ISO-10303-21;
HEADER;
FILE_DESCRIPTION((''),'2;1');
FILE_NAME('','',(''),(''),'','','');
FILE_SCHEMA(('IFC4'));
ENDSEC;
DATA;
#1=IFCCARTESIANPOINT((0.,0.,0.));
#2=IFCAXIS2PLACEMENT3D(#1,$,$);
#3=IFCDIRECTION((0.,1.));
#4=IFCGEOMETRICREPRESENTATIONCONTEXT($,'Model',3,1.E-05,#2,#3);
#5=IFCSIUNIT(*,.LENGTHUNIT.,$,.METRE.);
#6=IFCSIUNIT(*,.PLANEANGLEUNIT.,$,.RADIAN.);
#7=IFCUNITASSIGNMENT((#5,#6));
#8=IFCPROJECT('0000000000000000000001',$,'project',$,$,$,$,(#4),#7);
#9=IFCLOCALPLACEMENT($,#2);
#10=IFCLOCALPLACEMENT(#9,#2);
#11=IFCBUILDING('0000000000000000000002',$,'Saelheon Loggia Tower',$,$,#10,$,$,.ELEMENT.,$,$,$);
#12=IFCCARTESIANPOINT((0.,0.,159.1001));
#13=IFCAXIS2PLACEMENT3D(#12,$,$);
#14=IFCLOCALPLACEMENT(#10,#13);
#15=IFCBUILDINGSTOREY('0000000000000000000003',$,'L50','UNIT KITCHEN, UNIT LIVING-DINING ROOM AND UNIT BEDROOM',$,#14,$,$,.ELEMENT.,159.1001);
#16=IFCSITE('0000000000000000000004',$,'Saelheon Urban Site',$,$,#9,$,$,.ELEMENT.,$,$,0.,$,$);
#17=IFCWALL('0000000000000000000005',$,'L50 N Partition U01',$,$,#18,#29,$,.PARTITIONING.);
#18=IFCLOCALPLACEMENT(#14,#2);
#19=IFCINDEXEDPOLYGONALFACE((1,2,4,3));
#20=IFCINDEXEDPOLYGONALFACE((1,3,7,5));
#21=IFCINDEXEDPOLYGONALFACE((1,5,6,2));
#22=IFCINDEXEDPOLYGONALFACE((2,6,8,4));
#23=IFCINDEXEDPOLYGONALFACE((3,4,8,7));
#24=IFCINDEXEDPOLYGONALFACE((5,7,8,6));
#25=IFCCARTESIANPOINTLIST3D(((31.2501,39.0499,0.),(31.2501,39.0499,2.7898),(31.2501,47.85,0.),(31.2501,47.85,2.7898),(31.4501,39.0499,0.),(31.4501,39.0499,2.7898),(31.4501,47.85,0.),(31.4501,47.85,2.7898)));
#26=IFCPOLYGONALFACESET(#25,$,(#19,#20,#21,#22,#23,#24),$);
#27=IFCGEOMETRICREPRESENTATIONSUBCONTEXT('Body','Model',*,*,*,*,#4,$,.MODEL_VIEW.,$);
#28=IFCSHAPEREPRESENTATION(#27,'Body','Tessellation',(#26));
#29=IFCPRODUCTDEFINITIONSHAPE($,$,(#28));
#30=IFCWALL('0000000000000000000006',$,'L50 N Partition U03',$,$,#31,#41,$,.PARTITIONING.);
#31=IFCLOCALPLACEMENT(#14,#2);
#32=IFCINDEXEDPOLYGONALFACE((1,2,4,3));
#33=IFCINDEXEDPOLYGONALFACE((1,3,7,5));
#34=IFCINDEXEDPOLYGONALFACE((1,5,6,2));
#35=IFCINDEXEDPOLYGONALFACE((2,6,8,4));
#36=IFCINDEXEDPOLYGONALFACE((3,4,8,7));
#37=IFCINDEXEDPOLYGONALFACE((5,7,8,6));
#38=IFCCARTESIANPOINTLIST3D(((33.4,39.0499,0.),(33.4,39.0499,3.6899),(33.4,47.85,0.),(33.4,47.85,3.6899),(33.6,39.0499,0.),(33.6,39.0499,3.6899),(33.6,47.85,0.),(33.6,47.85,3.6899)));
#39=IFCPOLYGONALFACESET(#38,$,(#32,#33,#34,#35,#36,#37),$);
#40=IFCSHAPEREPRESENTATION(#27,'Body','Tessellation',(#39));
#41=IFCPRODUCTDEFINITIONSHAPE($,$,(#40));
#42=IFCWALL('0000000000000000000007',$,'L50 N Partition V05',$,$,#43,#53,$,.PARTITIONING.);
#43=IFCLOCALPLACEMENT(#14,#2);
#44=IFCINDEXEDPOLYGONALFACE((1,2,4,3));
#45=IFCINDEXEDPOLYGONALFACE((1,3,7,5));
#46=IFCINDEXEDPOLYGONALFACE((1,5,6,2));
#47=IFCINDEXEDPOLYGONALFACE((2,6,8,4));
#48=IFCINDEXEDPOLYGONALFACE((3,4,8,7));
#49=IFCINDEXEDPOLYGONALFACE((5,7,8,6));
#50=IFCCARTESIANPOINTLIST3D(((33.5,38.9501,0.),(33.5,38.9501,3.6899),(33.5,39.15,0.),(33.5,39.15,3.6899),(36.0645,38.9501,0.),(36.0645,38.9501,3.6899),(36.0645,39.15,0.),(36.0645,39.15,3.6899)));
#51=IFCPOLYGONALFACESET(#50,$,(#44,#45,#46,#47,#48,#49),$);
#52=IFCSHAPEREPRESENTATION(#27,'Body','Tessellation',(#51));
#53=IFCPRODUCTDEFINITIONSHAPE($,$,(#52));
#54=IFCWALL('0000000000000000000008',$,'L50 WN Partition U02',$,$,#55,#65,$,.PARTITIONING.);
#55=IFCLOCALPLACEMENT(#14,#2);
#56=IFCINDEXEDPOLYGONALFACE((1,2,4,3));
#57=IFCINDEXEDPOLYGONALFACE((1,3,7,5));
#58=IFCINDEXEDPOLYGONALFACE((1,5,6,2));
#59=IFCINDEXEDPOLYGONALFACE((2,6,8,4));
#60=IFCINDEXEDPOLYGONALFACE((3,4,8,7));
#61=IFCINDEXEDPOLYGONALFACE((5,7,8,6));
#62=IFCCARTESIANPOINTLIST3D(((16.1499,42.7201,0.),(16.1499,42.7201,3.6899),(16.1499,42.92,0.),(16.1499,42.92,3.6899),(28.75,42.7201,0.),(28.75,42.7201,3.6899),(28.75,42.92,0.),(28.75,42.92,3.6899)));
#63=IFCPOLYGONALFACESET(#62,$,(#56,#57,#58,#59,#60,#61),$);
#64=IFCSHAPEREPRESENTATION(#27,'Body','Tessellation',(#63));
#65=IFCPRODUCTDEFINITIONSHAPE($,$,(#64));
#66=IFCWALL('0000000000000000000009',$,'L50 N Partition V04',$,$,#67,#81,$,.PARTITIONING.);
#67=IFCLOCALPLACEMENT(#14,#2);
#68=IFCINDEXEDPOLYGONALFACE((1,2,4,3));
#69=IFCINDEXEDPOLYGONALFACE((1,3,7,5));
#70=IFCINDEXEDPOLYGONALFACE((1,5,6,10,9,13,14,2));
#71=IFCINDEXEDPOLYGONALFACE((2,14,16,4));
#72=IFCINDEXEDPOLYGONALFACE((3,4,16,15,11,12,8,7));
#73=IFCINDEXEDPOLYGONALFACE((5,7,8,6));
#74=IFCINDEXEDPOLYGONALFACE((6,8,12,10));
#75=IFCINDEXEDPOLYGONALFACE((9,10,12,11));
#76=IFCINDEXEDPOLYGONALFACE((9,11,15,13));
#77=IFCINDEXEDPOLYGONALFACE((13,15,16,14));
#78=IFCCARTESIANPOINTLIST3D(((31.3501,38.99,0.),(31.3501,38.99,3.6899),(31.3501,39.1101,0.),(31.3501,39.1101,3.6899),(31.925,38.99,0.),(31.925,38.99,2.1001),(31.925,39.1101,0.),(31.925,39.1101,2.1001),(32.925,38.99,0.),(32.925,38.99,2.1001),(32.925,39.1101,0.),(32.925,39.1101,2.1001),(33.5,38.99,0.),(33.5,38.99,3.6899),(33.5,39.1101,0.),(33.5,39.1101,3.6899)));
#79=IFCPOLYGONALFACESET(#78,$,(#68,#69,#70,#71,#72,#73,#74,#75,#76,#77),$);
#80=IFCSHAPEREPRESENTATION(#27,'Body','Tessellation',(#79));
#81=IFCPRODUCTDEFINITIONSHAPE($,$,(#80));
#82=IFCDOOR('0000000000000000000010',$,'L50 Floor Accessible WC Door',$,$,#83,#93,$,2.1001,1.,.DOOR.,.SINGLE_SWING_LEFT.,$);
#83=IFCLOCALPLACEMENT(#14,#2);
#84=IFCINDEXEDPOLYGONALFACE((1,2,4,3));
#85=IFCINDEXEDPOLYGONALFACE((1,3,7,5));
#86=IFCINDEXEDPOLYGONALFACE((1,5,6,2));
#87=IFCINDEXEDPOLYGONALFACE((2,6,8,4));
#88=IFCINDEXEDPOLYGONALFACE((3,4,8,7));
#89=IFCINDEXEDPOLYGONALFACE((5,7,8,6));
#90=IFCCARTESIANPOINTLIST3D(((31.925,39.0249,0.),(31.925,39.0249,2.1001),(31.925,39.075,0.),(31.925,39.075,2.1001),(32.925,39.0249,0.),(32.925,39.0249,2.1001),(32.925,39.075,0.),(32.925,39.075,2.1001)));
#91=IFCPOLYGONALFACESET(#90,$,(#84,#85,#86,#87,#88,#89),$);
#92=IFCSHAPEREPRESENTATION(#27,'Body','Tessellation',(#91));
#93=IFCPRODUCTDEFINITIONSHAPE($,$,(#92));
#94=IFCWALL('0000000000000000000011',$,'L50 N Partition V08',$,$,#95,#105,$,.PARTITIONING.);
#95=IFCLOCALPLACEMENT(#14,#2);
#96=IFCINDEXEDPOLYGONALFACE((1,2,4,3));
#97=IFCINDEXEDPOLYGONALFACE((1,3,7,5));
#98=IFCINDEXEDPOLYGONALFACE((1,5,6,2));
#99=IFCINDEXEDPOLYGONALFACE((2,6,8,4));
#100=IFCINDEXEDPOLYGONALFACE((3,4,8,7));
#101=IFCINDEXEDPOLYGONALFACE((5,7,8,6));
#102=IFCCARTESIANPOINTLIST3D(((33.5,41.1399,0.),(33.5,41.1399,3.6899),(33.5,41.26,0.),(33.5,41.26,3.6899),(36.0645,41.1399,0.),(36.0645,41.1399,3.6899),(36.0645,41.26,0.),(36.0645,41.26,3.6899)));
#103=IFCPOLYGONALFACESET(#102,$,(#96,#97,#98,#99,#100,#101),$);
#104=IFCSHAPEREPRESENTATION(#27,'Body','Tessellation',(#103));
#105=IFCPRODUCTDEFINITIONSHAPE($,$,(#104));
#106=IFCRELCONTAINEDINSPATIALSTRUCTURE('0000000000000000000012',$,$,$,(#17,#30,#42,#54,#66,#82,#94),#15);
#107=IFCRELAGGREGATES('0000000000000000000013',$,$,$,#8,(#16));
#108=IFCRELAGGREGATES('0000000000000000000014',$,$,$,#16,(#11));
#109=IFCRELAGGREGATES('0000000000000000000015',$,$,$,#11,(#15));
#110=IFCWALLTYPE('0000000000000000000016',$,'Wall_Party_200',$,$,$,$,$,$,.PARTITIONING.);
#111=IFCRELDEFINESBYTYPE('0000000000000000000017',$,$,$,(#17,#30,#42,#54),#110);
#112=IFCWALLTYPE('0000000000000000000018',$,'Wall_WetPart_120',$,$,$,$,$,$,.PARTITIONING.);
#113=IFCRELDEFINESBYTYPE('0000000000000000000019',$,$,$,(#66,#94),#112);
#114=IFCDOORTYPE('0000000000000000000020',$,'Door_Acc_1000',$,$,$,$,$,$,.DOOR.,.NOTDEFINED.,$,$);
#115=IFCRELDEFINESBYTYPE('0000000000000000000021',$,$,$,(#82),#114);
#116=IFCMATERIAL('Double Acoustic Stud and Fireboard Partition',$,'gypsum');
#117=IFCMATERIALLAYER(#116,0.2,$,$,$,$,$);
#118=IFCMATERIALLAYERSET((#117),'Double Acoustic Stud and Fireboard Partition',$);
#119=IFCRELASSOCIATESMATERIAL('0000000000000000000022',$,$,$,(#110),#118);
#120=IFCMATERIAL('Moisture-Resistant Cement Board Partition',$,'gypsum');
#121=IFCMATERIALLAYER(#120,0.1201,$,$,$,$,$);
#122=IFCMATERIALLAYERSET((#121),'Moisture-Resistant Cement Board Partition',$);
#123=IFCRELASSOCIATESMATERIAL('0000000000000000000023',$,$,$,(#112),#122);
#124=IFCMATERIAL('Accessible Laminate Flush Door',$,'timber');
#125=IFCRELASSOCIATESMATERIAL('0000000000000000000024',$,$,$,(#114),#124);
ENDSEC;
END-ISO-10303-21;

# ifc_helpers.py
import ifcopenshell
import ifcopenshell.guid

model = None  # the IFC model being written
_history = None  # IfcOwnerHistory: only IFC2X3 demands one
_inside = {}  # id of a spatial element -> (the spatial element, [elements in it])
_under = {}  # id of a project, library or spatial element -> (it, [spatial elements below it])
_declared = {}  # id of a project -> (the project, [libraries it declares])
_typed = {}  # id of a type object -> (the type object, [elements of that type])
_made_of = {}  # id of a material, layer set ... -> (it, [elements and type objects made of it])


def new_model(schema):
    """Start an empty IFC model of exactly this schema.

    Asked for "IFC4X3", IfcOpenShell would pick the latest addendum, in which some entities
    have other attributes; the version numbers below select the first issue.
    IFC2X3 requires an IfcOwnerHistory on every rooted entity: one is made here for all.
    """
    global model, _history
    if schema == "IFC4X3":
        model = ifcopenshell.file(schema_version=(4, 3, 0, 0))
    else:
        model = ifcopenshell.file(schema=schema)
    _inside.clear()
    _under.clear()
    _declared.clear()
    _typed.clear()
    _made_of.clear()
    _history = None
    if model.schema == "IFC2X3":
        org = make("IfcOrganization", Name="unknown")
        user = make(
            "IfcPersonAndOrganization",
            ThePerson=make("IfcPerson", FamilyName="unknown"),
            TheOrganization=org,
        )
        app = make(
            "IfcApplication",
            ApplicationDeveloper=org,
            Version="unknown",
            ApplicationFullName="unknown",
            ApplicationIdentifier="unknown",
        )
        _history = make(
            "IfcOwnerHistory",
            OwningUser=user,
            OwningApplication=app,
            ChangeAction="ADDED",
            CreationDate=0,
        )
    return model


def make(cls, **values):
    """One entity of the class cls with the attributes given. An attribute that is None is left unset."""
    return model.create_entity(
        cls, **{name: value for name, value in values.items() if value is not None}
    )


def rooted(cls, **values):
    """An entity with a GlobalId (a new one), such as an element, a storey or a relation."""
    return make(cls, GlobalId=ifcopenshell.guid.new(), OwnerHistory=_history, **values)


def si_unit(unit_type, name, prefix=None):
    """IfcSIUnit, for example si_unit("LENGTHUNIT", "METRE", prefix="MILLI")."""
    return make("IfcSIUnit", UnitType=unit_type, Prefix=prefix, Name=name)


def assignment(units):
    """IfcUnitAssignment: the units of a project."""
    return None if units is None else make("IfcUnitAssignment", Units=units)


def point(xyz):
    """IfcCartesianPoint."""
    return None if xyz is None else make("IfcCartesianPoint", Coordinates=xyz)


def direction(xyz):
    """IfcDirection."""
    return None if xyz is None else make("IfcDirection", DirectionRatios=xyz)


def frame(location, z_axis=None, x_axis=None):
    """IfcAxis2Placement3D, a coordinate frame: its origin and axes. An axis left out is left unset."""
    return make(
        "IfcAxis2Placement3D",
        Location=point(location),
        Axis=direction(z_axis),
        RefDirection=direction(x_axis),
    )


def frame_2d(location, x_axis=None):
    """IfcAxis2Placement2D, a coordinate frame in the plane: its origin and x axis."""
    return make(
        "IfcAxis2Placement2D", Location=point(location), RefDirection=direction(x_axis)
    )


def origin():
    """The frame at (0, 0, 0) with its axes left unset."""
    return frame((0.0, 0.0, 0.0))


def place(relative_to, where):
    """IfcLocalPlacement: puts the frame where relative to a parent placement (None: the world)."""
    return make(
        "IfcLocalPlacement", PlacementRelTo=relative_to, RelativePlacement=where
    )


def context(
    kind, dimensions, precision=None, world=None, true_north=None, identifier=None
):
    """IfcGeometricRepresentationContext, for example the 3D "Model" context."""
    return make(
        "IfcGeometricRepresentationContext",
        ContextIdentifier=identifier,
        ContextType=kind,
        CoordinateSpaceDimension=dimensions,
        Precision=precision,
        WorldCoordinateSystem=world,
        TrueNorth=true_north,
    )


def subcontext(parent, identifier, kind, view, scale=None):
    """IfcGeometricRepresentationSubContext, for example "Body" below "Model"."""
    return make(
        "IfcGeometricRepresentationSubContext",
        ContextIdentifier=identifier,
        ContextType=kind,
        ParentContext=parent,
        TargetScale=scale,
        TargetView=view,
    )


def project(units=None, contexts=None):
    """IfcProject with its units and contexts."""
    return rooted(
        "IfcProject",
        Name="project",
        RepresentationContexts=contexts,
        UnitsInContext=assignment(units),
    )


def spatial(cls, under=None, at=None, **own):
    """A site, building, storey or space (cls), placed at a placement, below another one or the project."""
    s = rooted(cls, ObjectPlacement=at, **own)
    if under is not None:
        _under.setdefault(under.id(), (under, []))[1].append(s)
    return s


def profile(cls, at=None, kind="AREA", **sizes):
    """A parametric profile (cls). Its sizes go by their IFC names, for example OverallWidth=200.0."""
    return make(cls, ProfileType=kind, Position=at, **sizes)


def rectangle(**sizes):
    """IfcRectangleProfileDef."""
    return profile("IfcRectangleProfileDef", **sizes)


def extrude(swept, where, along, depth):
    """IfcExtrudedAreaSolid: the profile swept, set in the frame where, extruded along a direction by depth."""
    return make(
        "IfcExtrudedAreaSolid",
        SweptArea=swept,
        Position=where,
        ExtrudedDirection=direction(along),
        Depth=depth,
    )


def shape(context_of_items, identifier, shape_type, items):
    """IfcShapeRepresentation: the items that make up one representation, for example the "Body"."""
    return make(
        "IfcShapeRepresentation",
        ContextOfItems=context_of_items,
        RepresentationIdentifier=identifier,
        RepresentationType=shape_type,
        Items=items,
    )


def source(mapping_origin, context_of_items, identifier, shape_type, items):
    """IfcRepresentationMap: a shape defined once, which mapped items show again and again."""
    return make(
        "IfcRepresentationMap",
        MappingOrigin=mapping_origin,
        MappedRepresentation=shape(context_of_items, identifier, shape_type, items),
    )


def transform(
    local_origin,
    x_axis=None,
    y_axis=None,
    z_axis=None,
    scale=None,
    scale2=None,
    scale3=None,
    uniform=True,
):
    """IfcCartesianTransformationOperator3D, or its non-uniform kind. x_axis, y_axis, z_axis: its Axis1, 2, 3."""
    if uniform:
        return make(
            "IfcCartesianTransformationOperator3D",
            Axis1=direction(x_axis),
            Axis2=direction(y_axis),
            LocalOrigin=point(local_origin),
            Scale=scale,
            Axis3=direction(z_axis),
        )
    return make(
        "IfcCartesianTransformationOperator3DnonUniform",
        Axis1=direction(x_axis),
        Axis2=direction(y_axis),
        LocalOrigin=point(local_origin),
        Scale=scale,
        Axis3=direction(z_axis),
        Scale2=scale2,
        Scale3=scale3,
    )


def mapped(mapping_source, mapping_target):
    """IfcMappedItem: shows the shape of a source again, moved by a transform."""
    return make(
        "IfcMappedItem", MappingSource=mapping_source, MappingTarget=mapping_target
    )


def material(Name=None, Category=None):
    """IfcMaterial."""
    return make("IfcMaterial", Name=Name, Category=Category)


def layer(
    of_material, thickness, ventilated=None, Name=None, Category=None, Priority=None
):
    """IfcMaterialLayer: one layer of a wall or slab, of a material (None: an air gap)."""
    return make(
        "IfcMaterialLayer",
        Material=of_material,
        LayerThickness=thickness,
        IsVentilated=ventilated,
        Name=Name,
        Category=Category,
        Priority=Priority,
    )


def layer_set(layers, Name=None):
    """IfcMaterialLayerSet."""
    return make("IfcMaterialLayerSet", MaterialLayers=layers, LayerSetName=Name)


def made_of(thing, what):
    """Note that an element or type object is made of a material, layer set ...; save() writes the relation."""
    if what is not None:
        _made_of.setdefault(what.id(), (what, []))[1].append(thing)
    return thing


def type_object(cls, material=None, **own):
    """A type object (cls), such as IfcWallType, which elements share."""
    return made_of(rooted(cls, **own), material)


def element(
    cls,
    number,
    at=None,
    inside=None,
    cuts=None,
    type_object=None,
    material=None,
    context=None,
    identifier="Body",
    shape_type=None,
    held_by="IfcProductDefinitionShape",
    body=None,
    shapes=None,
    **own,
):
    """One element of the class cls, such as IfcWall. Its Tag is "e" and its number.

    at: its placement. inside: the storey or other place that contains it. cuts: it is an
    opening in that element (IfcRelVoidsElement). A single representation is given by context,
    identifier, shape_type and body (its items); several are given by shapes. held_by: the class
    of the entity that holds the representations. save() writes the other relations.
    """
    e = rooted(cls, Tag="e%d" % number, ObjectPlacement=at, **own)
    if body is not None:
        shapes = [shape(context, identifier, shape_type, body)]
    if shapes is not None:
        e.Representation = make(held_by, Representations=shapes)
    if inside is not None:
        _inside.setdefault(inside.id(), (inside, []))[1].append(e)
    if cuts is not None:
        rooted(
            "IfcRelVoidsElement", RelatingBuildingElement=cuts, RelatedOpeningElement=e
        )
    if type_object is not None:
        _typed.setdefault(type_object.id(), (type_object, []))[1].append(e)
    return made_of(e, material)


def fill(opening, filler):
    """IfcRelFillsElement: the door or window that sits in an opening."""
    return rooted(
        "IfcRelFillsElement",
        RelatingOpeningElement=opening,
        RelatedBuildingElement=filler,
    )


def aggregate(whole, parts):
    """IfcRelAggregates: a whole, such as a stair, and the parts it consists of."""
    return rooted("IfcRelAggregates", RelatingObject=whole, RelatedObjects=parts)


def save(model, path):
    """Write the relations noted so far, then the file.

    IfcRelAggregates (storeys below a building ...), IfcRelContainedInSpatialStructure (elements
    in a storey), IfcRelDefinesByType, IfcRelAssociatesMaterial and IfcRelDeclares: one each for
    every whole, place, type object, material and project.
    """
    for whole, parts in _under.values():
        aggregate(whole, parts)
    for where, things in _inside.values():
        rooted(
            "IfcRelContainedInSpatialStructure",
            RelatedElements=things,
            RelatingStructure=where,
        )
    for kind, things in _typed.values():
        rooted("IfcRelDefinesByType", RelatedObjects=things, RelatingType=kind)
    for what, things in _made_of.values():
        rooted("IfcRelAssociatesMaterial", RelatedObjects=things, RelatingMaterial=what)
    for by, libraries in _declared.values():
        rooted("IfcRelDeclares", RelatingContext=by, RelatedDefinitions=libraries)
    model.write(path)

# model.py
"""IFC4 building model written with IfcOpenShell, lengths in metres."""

from ifc_helpers import new_model, si_unit, direction, frame, frame_2d, origin, place, context, subcontext, project, spatial, rectangle, extrude, source, transform, mapped, material, layer, layer_set, type_object, element, fill, save


model = new_model("IFC4")

# Units and contexts
model_context = context("Model", 3, precision=1e-05, world=origin(), true_north=direction((0.0, 1.0)))
body_context = subcontext(model_context, "Body", "Model", "MODEL_VIEW")
ifc_project = project(units=[si_unit("LENGTHUNIT", "METRE"), si_unit("PLANEANGLEUNIT", "RADIAN")], contexts=[model_context])

# Site, building, storey
site_placement = place(None, origin())
site = spatial("IfcSite", under=ifc_project, at=site_placement, Name="Saelheon Urban Site", CompositionType="ELEMENT", RefElevation=0.0)
building_placement = place(site_placement, origin())
building = spatial("IfcBuilding", under=site, at=building_placement, Name="Saelheon Loggia Tower", CompositionType="ELEMENT")
storey_placement = place(building_placement, frame((0.0, 0.0, 159.1001)))
storey = spatial("IfcBuildingStorey", under=building, at=storey_placement, Name="L50", Description="UNIT KITCHEN, UNIT LIVING-DINING ROOM AND UNIT BEDROOM", CompositionType="ELEMENT", Elevation=159.1001)

# Walls
ifc_material_1 = material(Name="Double Acoustic Stud and Fireboard Partition", Category="gypsum")
ifc_layer_1 = layer(ifc_material_1, 0.2)
ifc_layer_set_1 = layer_set([ifc_layer_1], Name="Double Acoustic Stud and Fireboard Partition")
wall_type_1 = type_object("IfcWallType", Name="Wall_Party_200", PredefinedType="PARTITIONING", material=ifc_layer_set_1)
wall_1_placement = place(storey_placement, frame((31.3501, 39.05, 0.0), z_axis=(0.0, 0.0, 1.0), x_axis=(0.0, 1.0, 0.0)))
element("IfcWall", 1, at=wall_1_placement, inside=storey, type_object=wall_type_1, Name="L50 N Partition U01", PredefinedType="PARTITIONING", context=body_context, shape_type="SweptSolid", body=[
    extrude(rectangle(XDim=8.8, YDim=0.2, at=frame_2d((4.3999, 0.0))), origin(), (0.0, 0.0, 1.0), 2.7898),
])
wall_2_placement = place(storey_placement, frame((33.5, 39.05, 0.0), z_axis=(0.0, 0.0, 1.0), x_axis=(0.0, 1.0, 0.0)))
element("IfcWall", 2, at=wall_2_placement, inside=storey, type_object=wall_type_1, Name="L50 N Partition U03", PredefinedType="PARTITIONING", context=body_context, shape_type="SweptSolid", body=[
    extrude(rectangle(XDim=8.8, YDim=0.2, at=frame_2d((4.3999, 0.0))), origin(), (0.0, 0.0, 1.0), 3.6899),
])
wall_3_placement = place(storey_placement, frame((33.5, 39.05, 0.0), z_axis=(0.0, 0.0, 1.0), x_axis=(1.0, 0.0, 0.0)))
element("IfcWall", 3, at=wall_3_placement, inside=storey, type_object=wall_type_1, Name="L50 N Partition V05", PredefinedType="PARTITIONING", context=body_context, shape_type="SweptSolid", body=[
    extrude(rectangle(XDim=2.5645, YDim=0.2, at=frame_2d((1.2822, 0.0))), origin(), (0.0, 0.0, 1.0), 3.6899),
])
wall_4_placement = place(storey_placement, frame((28.75, 42.8201, 0.0), z_axis=(0.0, 0.0, 1.0), x_axis=(-1.0, 0.0, 0.0)))
element("IfcWall", 4, at=wall_4_placement, inside=storey, type_object=wall_type_1, Name="L50 WN Partition U02", PredefinedType="PARTITIONING", context=body_context, shape_type="SweptSolid", body=[
    extrude(rectangle(XDim=12.6001, YDim=0.2, at=frame_2d((6.3, 0.0))), origin(), (0.0, 0.0, 1.0), 3.6899),
])

# Wall, opening, door
ifc_material_2 = material(Name="Moisture-Resistant Cement Board Partition", Category="gypsum")
ifc_layer_2 = layer(ifc_material_2, 0.1201)
ifc_layer_set_2 = layer_set([ifc_layer_2], Name="Moisture-Resistant Cement Board Partition")
wall_type_2 = type_object("IfcWallType", Name="Wall_WetPart_120", PredefinedType="PARTITIONING", material=ifc_layer_set_2)
wall_5_placement = place(storey_placement, frame((31.3501, 39.05, 0.0), z_axis=(0.0, 0.0, 1.0), x_axis=(1.0, 0.0, 0.0)))
wall_5 = element("IfcWall", 5, at=wall_5_placement, inside=storey, type_object=wall_type_2, Name="L50 N Partition V04", PredefinedType="PARTITIONING", context=body_context, shape_type="SweptSolid", body=[
    extrude(rectangle(XDim=2.1499, YDim=0.1201, at=frame_2d((1.075, 0.0))), origin(), (0.0, 0.0, 1.0), 3.6899),
])
opening_1_placement = place(wall_5_placement, frame((0.575, 0.0, 0.0)))
opening_1 = element("IfcOpeningElement", 6, at=opening_1_placement, cuts=wall_5, PredefinedType="OPENING", context=body_context, shape_type="SweptSolid", body=[
    extrude(rectangle(XDim=1.0, YDim=2.1001, at=frame_2d((0.5, 1.05))), frame((0.0, 0.072, 0.0), z_axis=(0.0, -1.0, 0.0), x_axis=(1.0, 0.0, 0.0)), (0.0, 0.0, 1.0), 0.144),
])
ifc_material_3 = material(Name="Accessible Laminate Flush Door", Category="timber")
door_type_1 = type_object("IfcDoorType", Name="Door_Acc_1000", OperationType="NOTDEFINED", PredefinedType="DOOR", material=ifc_material_3)
shared_shape_1 = source(origin(), body_context, "Body", "SweptSolid", [
    extrude(rectangle(XDim=1.0, YDim=2.1001, at=frame_2d((0.5, 1.05))), frame((0.0, 0.0249, 0.0), z_axis=(0.0, -1.0, 0.0), x_axis=(1.0, 0.0, 0.0)), (0.0, 0.0, 1.0), 0.05),
])
door_1_placement = place(opening_1_placement, origin())
door_1 = element("IfcDoor", 7, at=door_1_placement, inside=storey, type_object=door_type_1, Name="L50 Floor Accessible WC Door", OperationType="SINGLE_SWING_LEFT", OverallHeight=2.1001, OverallWidth=1.0, PredefinedType="DOOR", context=body_context, shape_type="MappedRepresentation", body=[
    mapped(shared_shape_1, transform((0.0, 0.0, 0.0), scale=1.0)),
])
fill(opening_1, door_1)

# Wall
wall_6_placement = place(storey_placement, frame((33.5, 41.2, 0.0), z_axis=(0.0, 0.0, 1.0), x_axis=(1.0, 0.0, 0.0)))
element("IfcWall", 8, at=wall_6_placement, inside=storey, type_object=wall_type_2, Name="L50 N Partition V08", PredefinedType="PARTITIONING", context=body_context, shape_type="SweptSolid", body=[
    extrude(rectangle(XDim=2.5645, YDim=0.1201, at=frame_2d((1.2822, 0.0))), origin(), (0.0, 0.0, 1.0), 3.6899),
])

save(model, "model.ifc")
